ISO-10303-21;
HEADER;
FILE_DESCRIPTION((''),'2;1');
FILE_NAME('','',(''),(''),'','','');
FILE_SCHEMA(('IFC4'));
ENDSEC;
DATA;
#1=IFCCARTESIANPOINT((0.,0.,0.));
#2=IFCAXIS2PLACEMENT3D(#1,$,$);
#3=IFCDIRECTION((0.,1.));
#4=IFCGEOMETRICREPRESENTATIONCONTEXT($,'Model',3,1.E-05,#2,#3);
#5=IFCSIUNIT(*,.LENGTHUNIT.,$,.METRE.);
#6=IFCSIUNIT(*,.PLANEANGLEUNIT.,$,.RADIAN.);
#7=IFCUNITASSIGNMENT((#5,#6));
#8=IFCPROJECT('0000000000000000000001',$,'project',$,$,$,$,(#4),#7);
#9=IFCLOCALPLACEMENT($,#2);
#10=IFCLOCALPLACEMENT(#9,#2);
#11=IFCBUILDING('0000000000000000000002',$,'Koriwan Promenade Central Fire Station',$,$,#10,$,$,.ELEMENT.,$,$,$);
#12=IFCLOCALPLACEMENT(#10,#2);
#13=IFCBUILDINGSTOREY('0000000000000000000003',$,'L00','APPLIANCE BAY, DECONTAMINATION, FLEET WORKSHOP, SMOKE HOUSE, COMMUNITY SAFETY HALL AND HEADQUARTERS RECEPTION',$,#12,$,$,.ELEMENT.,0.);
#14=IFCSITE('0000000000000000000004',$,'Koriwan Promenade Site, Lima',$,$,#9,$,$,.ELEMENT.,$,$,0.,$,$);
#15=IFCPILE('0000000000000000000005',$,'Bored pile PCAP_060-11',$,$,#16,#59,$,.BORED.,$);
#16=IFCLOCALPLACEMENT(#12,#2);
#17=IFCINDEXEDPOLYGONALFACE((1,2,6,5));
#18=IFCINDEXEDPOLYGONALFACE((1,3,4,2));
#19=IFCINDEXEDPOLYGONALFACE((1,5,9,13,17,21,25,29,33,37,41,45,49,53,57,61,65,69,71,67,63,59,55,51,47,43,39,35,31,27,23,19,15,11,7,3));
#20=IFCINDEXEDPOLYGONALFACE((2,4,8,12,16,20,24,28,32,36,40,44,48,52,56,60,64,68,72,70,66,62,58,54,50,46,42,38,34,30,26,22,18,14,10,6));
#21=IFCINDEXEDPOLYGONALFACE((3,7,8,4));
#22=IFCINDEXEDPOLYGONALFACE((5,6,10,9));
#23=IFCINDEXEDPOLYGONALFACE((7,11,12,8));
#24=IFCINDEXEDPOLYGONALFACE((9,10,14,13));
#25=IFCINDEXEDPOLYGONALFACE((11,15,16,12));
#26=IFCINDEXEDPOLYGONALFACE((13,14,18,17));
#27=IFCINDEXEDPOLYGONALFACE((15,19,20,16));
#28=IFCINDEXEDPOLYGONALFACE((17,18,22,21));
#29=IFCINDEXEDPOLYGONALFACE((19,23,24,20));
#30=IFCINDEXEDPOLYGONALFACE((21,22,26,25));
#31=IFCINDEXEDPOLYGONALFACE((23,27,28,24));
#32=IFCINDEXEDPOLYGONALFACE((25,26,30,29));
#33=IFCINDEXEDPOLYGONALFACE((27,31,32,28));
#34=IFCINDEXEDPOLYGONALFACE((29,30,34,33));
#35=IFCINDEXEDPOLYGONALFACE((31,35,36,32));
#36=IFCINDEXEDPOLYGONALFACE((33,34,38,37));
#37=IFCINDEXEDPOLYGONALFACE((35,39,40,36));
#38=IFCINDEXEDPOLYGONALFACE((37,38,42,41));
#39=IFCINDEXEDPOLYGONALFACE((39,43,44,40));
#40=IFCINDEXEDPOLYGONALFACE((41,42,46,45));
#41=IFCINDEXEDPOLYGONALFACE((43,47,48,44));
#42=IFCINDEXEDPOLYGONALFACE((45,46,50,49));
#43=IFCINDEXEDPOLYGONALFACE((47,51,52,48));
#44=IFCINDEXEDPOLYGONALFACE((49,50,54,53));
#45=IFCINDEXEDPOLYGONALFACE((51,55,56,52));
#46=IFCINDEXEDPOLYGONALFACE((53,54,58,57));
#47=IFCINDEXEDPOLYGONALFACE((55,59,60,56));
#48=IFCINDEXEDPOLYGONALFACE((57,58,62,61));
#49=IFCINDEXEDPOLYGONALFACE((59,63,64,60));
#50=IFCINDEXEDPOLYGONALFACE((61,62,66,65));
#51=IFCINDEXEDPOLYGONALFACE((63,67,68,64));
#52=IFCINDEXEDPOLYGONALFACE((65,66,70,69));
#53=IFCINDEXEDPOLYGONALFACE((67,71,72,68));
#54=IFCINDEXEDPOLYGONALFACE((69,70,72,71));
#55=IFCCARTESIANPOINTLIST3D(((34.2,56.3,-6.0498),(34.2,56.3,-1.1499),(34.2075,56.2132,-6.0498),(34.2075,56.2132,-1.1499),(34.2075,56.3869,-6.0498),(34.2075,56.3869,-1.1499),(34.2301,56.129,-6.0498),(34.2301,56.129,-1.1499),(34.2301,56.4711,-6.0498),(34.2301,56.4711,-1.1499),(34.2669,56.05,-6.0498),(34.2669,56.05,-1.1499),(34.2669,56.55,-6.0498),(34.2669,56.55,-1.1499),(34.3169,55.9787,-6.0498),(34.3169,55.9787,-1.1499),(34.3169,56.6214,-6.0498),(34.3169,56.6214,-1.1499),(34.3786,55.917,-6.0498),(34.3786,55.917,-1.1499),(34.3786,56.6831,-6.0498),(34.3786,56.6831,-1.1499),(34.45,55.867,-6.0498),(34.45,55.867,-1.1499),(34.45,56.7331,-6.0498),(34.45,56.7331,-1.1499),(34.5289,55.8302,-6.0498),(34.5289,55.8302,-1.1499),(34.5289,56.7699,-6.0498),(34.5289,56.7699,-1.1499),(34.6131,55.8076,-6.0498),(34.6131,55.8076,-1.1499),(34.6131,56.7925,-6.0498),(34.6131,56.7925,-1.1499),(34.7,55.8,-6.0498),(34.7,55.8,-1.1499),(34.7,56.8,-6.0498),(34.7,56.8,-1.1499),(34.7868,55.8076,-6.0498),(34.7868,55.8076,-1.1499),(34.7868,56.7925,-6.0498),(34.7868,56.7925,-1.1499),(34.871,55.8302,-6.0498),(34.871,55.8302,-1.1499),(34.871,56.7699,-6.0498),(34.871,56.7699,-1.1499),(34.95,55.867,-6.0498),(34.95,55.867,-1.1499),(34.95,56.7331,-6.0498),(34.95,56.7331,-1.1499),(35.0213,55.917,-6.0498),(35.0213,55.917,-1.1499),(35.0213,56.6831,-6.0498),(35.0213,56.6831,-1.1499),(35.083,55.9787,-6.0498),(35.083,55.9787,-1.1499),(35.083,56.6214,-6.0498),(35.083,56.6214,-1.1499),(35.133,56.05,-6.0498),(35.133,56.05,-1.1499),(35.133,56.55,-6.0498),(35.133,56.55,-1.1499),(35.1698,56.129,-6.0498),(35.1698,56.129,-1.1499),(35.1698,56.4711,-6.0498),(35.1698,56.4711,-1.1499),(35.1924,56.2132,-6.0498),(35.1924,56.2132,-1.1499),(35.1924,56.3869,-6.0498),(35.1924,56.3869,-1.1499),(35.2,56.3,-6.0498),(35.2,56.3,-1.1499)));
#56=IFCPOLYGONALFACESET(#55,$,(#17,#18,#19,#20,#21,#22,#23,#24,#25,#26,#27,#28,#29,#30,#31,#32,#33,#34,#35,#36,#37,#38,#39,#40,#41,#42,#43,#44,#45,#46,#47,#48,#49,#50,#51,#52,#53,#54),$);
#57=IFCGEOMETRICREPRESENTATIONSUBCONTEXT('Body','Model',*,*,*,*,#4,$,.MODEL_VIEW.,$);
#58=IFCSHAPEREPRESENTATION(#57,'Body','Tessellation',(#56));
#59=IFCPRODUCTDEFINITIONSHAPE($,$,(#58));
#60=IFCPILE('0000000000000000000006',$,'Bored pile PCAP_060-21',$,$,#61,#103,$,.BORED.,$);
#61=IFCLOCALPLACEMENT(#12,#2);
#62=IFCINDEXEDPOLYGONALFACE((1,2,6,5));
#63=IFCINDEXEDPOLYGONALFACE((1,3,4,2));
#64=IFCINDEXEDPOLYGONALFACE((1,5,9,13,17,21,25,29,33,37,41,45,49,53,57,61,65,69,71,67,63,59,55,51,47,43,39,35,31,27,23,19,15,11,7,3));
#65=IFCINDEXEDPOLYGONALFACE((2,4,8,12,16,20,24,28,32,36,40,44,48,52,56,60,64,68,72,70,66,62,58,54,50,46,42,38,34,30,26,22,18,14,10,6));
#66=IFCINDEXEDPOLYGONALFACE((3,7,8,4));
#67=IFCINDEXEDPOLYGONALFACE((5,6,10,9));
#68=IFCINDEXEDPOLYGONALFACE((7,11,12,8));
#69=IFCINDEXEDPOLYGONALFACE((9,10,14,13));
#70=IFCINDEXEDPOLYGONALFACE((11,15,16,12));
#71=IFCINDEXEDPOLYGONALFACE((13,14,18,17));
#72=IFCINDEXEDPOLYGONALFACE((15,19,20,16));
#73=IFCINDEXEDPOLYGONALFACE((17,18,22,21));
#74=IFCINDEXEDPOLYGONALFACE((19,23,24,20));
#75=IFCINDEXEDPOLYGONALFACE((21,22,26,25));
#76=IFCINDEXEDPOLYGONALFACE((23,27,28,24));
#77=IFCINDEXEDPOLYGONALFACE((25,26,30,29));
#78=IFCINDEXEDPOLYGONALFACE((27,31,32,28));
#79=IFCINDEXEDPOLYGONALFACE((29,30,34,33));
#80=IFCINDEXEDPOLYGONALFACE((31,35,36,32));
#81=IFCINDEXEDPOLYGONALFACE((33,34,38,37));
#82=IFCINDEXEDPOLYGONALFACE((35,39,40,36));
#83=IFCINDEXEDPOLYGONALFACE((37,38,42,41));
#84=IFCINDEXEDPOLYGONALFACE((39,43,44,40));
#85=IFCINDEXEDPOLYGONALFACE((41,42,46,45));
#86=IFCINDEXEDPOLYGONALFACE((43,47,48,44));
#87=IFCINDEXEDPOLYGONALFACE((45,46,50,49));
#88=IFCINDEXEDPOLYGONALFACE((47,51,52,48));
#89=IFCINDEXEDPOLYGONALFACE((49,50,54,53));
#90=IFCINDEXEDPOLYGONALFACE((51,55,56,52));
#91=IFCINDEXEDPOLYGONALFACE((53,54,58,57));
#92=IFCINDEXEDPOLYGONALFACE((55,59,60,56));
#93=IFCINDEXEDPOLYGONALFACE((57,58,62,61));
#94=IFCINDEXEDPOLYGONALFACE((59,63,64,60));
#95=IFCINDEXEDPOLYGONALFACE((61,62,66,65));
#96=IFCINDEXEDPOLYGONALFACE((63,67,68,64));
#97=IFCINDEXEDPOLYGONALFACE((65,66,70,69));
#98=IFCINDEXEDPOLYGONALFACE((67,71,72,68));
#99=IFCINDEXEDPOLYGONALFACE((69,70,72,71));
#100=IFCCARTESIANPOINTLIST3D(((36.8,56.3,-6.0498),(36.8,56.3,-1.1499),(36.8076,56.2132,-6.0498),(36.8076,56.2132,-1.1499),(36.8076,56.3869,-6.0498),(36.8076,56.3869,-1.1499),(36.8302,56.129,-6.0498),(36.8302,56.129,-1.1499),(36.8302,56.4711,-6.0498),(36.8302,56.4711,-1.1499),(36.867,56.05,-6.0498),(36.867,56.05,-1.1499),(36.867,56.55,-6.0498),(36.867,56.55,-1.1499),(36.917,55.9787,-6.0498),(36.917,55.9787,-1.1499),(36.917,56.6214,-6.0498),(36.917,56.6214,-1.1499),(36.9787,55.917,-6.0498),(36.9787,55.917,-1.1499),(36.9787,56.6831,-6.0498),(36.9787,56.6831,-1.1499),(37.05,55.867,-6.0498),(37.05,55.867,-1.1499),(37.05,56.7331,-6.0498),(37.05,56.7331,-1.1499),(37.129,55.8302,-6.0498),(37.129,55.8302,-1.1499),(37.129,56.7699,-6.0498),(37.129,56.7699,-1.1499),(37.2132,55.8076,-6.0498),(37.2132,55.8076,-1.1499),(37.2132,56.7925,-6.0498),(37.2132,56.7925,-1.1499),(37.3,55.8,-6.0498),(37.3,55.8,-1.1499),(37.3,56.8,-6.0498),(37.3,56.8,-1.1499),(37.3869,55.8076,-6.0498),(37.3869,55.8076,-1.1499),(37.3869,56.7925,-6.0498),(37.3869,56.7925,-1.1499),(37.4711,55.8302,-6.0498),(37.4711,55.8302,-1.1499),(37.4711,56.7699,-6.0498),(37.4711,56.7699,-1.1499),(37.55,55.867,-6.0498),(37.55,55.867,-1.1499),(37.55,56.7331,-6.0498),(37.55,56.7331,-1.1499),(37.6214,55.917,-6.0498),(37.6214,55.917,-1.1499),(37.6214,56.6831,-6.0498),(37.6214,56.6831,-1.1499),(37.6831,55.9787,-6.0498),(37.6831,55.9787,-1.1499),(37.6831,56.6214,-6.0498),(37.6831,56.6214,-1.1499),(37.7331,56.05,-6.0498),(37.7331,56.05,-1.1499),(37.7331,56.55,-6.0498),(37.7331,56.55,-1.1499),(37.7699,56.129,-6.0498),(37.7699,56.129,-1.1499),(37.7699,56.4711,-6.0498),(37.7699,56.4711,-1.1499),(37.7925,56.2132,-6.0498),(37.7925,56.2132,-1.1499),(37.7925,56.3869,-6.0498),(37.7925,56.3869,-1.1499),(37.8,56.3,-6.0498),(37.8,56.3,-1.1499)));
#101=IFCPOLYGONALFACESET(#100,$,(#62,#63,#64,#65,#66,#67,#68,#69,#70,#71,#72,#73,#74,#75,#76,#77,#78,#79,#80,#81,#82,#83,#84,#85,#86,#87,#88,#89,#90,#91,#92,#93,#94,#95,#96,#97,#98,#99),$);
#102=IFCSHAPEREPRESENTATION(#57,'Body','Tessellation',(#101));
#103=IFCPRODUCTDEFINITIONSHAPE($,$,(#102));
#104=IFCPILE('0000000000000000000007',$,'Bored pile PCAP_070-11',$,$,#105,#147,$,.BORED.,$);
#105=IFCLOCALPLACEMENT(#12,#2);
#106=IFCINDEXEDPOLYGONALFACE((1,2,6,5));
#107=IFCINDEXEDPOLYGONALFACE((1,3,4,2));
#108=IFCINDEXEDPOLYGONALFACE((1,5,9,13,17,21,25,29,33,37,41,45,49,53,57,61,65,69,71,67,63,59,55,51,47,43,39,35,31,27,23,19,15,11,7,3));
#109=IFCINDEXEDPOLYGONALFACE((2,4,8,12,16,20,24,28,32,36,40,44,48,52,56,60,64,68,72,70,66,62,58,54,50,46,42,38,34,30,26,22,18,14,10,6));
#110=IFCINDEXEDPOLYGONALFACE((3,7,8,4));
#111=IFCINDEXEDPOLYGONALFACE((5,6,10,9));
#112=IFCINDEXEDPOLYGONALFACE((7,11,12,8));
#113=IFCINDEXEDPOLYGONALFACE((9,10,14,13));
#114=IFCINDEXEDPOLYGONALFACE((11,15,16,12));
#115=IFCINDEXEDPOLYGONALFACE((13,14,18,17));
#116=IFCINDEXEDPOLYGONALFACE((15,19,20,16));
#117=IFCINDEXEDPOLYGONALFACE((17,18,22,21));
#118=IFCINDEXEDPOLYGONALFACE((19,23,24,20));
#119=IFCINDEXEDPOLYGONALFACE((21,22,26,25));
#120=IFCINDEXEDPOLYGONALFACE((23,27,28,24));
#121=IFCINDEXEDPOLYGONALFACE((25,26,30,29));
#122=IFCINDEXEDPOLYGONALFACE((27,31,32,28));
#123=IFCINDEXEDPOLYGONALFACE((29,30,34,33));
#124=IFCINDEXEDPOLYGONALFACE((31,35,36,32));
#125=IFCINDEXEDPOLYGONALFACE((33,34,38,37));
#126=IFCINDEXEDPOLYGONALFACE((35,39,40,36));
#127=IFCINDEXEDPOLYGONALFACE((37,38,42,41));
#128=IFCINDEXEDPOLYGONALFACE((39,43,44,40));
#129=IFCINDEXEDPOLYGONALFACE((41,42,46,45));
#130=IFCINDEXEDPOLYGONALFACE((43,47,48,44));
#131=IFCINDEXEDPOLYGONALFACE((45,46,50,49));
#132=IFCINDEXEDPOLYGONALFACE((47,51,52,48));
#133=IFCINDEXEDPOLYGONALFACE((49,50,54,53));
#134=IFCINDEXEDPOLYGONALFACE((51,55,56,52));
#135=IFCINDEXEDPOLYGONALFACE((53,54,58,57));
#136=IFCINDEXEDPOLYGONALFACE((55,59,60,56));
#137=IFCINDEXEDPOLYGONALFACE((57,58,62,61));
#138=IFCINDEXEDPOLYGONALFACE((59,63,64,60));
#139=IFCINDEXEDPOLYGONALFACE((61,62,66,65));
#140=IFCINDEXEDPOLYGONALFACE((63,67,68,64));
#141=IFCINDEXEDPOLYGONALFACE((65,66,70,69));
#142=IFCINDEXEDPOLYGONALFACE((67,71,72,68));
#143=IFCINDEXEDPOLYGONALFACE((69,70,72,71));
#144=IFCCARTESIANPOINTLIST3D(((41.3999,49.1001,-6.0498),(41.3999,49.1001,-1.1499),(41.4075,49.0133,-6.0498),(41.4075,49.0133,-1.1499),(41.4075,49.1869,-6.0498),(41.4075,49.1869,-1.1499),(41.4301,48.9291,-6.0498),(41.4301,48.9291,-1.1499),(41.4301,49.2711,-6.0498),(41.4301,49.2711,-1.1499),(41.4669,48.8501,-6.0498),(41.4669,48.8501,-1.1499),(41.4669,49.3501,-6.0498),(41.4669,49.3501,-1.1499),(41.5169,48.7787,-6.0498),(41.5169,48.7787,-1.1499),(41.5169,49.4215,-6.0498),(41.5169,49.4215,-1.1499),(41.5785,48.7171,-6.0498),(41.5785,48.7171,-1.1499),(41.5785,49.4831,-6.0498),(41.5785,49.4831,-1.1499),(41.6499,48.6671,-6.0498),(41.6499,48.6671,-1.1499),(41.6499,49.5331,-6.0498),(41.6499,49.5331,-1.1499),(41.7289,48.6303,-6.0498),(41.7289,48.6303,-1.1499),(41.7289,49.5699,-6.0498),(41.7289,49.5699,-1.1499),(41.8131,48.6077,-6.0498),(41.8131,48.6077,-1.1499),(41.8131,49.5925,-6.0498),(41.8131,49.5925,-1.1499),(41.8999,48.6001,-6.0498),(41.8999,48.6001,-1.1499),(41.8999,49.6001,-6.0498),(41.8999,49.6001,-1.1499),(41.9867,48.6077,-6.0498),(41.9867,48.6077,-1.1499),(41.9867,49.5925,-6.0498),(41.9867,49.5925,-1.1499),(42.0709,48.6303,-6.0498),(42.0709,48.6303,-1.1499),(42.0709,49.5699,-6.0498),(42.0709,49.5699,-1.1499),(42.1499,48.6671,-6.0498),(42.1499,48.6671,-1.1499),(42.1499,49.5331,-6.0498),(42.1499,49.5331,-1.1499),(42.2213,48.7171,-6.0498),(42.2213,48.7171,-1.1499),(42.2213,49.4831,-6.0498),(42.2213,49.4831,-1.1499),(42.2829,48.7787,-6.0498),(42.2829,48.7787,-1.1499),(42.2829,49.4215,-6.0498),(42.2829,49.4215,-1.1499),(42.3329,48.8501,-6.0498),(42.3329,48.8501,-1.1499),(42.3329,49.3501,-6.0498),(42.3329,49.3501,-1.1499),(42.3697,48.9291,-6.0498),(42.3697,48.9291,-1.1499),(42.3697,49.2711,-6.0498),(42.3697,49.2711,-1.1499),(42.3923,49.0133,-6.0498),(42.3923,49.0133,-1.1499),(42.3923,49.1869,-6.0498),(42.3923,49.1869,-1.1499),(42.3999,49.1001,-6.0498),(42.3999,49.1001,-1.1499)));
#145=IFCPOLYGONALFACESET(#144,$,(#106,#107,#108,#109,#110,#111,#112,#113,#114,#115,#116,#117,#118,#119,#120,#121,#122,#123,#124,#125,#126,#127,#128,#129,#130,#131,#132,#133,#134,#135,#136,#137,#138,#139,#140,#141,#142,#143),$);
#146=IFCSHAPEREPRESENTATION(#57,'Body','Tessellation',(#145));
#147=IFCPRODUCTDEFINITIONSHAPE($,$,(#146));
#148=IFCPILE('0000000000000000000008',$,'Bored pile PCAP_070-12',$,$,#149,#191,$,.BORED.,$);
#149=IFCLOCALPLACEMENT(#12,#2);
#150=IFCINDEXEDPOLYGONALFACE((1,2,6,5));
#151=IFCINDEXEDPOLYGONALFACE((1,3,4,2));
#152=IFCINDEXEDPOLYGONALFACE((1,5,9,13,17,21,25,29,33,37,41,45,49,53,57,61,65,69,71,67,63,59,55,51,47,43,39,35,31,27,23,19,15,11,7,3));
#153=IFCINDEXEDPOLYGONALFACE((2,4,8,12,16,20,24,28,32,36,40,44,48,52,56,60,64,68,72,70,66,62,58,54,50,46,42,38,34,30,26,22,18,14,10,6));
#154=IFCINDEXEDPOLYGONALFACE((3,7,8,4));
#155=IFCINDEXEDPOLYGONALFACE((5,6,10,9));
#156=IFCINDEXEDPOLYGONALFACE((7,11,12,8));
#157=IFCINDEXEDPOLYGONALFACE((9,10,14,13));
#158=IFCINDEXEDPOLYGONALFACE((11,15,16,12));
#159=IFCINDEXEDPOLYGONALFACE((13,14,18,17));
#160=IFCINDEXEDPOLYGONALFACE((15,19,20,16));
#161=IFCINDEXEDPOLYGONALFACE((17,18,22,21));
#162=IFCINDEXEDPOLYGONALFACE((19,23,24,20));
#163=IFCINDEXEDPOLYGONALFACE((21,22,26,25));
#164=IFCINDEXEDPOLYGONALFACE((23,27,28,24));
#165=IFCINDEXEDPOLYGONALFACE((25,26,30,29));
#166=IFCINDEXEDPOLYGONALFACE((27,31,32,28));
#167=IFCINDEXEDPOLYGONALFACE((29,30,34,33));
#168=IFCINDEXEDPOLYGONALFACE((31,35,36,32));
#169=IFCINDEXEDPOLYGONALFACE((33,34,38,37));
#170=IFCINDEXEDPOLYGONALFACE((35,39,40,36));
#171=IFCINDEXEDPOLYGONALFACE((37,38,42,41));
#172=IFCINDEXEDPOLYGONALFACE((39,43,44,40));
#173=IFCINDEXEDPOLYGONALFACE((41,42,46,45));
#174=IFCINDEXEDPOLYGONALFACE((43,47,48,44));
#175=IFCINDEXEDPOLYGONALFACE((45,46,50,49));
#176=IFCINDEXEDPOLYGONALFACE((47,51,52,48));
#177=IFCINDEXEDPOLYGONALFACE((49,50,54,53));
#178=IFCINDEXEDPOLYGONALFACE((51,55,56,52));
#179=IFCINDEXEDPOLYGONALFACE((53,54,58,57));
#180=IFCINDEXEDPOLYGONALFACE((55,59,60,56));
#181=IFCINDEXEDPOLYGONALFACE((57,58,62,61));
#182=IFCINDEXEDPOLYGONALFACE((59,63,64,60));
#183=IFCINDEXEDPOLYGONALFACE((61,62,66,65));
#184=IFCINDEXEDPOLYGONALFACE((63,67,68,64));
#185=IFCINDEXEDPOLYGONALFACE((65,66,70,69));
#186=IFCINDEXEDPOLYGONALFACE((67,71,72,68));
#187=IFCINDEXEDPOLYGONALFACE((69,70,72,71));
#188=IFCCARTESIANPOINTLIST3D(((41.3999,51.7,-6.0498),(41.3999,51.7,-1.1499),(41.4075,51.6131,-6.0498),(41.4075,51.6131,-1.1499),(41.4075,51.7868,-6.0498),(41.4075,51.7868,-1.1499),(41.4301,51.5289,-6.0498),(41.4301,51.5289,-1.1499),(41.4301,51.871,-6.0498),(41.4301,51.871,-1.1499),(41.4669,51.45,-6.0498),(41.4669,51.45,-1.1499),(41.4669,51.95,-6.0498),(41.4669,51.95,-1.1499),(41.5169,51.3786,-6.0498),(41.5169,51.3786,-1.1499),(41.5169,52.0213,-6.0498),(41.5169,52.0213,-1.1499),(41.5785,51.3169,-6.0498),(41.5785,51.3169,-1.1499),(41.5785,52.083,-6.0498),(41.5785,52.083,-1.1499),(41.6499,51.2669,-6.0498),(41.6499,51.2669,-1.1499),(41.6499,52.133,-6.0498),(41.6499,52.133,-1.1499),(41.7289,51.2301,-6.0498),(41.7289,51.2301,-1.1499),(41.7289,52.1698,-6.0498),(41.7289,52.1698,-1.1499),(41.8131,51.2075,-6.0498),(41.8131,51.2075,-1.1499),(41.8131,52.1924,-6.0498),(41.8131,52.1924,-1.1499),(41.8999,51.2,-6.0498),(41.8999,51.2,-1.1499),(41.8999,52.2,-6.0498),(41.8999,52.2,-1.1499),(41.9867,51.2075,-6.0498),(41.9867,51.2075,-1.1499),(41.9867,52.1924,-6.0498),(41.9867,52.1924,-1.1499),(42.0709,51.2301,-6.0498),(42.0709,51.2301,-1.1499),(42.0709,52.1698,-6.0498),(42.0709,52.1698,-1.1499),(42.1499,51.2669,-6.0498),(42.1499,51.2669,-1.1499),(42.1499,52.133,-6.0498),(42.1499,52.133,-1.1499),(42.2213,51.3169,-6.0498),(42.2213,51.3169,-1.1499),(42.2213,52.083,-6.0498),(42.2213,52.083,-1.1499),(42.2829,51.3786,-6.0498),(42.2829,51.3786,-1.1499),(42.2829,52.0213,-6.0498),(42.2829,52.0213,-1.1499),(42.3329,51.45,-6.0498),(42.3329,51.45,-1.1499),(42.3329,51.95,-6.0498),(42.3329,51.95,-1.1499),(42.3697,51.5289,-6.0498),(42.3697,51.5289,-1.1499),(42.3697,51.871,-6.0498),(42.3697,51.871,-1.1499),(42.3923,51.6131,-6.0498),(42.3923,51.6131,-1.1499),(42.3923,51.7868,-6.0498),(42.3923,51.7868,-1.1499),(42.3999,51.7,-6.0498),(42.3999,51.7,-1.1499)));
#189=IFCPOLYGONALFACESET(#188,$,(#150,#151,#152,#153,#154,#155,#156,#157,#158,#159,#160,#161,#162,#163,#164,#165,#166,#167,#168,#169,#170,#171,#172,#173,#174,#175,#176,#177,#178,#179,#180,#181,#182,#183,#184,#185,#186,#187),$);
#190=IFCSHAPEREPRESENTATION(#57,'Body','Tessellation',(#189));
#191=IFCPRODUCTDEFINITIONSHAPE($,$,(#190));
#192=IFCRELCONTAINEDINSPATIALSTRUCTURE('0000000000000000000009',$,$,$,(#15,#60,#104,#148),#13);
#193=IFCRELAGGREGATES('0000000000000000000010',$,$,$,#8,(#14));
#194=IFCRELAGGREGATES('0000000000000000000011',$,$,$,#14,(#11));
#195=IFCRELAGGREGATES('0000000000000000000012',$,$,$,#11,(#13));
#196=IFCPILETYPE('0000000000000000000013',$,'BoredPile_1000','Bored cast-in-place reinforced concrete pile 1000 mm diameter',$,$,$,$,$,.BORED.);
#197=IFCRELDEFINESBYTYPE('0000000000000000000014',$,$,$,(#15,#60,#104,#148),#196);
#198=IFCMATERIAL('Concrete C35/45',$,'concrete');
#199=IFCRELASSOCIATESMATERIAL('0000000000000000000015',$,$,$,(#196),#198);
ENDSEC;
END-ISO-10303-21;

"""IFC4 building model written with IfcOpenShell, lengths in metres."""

from ifc_helpers import new_model, si_unit, direction, frame, origin, origin_2d, place, context, subcontext, project, spatial, circle, extrude, material, material_profile, profile_set, type_object, element, save


model = new_model("IFC4")

# Units and contexts
model_context = context("Model", 3, precision=1e-05, world=origin(), true_north=direction((0.0, 1.0)))
body_context = subcontext(model_context, "Body", "Model", "MODEL_VIEW")
ifc_project = project(units=[si_unit("LENGTHUNIT", "METRE"), si_unit("PLANEANGLEUNIT", "RADIAN")], contexts=[model_context])

# Site, building, storey
site_placement = place(None, origin())
site = spatial("IfcSite", under=ifc_project, at=site_placement, Name="Koriwan Promenade Site, Lima", CompositionType="ELEMENT", RefElevation=0.0)
building_placement = place(site_placement, origin())
building = spatial("IfcBuilding", under=site, at=building_placement, Name="Koriwan Promenade Central Fire Station", CompositionType="ELEMENT")
storey_placement = place(building_placement, origin())
storey = spatial("IfcBuildingStorey", under=building, at=storey_placement, Name="L00", Description="APPLIANCE BAY, DECONTAMINATION, FLEET WORKSHOP, SMOKE HOUSE, COMMUNITY SAFETY HALL AND HEADQUARTERS RECEPTION", CompositionType="ELEMENT", Elevation=0.0)

# Piles
ifc_material_1 = material(Name="Concrete C35/45", Category="concrete")
ifc_material_profile_1 = material_profile(ifc_material_1, circle(Radius=0.5, at=origin_2d()), Name="PILE-D1000")
ifc_profile_set_1 = profile_set([ifc_material_profile_1], Name="Concrete C35/45")
pile_type = type_object("IfcPileType", Name="BoredPile_1000", Description="Bored cast-in-place reinforced concrete pile 1000 mm diameter", PredefinedType="BORED", material=ifc_profile_set_1)
for number, where, z_axis, x_axis, name in (
    (1, (34.7, 56.3, -1.1499), (0.0, 0.0, -1.0), (1.0, 0.0, 0.0), "Bored pile PCAP_060-11"),
    (2, (37.3, 56.3, -1.1499), (0.0, 0.0, -1.0), (1.0, 0.0, 0.0), "Bored pile PCAP_060-21"),
    (3, (41.8999, 49.1001, -1.1499), (0.0, 0.0, -1.0), (1.0, 0.0, 0.0), "Bored pile PCAP_070-11"),
    (4, (41.8999, 51.7, -1.1499), (0.0, 0.0, -1.0), (1.0, 0.0, 0.0), "Bored pile PCAP_070-12"),
):
    element("IfcPile", number, at=place(storey_placement, frame(where, z_axis=z_axis, x_axis=x_axis)), inside=storey, type_object=pile_type, Name=name, PredefinedType="BORED", context=body_context, shape_type="SweptSolid", body=[
        extrude(circle(Radius=0.5, at=origin_2d()), origin(), (0.0, 0.0, 1.0), 4.8999),
    ])

save(model, "model.ifc")
